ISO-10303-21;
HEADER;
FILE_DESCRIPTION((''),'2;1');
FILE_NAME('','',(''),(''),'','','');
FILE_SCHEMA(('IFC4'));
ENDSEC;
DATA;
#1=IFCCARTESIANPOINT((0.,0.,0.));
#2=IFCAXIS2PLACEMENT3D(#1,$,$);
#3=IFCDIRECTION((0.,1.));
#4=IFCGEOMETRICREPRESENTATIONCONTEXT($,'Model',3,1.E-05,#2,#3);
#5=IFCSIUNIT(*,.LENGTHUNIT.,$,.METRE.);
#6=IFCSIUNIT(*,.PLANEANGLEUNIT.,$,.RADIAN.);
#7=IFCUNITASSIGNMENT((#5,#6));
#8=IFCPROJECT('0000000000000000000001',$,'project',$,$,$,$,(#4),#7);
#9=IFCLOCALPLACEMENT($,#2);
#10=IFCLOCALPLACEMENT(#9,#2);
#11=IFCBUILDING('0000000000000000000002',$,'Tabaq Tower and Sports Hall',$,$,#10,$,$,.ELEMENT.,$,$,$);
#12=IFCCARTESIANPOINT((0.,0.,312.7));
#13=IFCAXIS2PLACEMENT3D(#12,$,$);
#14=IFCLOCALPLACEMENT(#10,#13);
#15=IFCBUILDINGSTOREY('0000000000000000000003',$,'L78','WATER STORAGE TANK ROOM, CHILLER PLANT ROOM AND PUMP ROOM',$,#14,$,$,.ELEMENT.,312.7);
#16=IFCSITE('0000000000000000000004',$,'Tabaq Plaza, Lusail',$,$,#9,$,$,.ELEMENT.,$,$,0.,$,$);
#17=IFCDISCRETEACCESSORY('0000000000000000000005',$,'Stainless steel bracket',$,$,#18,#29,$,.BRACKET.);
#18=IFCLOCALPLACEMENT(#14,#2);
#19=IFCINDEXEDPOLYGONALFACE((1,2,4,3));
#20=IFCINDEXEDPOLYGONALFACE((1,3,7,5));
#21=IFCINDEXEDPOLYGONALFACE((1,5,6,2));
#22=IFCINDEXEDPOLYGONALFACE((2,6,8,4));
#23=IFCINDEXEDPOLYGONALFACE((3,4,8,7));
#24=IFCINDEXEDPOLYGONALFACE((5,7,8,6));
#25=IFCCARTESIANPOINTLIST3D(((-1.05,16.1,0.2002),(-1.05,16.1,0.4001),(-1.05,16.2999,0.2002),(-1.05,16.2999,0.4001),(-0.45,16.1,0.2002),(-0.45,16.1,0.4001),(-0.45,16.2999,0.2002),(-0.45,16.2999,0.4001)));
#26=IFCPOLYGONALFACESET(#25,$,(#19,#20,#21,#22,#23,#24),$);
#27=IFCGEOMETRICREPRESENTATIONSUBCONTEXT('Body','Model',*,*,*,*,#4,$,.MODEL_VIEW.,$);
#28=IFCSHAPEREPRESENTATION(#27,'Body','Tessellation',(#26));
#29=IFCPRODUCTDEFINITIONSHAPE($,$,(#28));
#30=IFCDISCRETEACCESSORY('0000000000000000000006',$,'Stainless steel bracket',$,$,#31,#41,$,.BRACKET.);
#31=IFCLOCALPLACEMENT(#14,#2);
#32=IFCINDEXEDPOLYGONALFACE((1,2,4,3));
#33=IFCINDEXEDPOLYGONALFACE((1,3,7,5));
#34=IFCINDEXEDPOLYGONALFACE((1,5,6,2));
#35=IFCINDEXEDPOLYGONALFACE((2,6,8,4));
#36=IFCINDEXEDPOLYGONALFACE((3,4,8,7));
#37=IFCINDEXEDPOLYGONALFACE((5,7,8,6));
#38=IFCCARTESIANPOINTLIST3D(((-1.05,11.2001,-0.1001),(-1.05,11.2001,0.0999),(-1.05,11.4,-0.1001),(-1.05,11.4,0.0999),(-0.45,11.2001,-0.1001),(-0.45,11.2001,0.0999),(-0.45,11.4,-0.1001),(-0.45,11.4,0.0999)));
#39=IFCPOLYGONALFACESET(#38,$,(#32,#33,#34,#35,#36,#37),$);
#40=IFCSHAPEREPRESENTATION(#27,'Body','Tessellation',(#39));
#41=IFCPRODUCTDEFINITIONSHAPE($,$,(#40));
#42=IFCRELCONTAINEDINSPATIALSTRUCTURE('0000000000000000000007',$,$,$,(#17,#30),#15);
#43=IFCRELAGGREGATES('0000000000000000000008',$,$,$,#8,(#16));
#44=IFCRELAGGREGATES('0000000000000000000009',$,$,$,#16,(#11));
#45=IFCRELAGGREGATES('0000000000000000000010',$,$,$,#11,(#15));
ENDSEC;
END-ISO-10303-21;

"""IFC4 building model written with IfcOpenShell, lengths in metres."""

from ifc_helpers import new_model, si_unit, direction, frame, origin, origin_2d, place, context, subcontext, project, spatial, rectangle, extrude, element, save


model = new_model("IFC4")

# Units and contexts
model_context = context("Model", 3, precision=1e-05, world=origin(), true_north=direction((0.0, 1.0)))
body_context = subcontext(model_context, "Body", "Model", "MODEL_VIEW")
ifc_project = project(units=[si_unit("LENGTHUNIT", "METRE"), si_unit("PLANEANGLEUNIT", "RADIAN")], contexts=[model_context])

# Site, building, storey
site_placement = place(None, origin())
site = spatial("IfcSite", under=ifc_project, at=site_placement, Name="Tabaq Plaza, Lusail", CompositionType="ELEMENT", RefElevation=0.0)
building_placement = place(site_placement, origin())
building = spatial("IfcBuilding", under=site, at=building_placement, Name="Tabaq Tower and Sports Hall", CompositionType="ELEMENT")
storey_placement = place(building_placement, frame((0.0, 0.0, 312.7)))
storey = spatial("IfcBuildingStorey", under=building, at=storey_placement, Name="L78", Description="WATER STORAGE TANK ROOM, CHILLER PLANT ROOM AND PUMP ROOM", CompositionType="ELEMENT", Elevation=312.7)

# Discrete accessories
for number, where, z_axis, x_axis, name in (
    (1, (-0.75, 16.2, 0.2002), (0.0, 0.0, 1.0), (-1.0, 0.0, 0.0), "Stainless steel bracket"),
    (2, (-0.75, 11.3, -0.1001), (0.0, 0.0, 1.0), (-1.0, 0.0, 0.0), "Stainless steel bracket"),
):
    element("IfcDiscreteAccessory", number, at=place(storey_placement, frame(where, z_axis=z_axis, x_axis=x_axis)), inside=storey, Name=name, PredefinedType="BRACKET", context=body_context, shape_type="SweptSolid", body=[
        extrude(rectangle(XDim=0.6001, YDim=0.2, at=origin_2d()), origin(), (0.0, 0.0, 1.0), 0.2),
    ])

save(model, "model.ifc")
